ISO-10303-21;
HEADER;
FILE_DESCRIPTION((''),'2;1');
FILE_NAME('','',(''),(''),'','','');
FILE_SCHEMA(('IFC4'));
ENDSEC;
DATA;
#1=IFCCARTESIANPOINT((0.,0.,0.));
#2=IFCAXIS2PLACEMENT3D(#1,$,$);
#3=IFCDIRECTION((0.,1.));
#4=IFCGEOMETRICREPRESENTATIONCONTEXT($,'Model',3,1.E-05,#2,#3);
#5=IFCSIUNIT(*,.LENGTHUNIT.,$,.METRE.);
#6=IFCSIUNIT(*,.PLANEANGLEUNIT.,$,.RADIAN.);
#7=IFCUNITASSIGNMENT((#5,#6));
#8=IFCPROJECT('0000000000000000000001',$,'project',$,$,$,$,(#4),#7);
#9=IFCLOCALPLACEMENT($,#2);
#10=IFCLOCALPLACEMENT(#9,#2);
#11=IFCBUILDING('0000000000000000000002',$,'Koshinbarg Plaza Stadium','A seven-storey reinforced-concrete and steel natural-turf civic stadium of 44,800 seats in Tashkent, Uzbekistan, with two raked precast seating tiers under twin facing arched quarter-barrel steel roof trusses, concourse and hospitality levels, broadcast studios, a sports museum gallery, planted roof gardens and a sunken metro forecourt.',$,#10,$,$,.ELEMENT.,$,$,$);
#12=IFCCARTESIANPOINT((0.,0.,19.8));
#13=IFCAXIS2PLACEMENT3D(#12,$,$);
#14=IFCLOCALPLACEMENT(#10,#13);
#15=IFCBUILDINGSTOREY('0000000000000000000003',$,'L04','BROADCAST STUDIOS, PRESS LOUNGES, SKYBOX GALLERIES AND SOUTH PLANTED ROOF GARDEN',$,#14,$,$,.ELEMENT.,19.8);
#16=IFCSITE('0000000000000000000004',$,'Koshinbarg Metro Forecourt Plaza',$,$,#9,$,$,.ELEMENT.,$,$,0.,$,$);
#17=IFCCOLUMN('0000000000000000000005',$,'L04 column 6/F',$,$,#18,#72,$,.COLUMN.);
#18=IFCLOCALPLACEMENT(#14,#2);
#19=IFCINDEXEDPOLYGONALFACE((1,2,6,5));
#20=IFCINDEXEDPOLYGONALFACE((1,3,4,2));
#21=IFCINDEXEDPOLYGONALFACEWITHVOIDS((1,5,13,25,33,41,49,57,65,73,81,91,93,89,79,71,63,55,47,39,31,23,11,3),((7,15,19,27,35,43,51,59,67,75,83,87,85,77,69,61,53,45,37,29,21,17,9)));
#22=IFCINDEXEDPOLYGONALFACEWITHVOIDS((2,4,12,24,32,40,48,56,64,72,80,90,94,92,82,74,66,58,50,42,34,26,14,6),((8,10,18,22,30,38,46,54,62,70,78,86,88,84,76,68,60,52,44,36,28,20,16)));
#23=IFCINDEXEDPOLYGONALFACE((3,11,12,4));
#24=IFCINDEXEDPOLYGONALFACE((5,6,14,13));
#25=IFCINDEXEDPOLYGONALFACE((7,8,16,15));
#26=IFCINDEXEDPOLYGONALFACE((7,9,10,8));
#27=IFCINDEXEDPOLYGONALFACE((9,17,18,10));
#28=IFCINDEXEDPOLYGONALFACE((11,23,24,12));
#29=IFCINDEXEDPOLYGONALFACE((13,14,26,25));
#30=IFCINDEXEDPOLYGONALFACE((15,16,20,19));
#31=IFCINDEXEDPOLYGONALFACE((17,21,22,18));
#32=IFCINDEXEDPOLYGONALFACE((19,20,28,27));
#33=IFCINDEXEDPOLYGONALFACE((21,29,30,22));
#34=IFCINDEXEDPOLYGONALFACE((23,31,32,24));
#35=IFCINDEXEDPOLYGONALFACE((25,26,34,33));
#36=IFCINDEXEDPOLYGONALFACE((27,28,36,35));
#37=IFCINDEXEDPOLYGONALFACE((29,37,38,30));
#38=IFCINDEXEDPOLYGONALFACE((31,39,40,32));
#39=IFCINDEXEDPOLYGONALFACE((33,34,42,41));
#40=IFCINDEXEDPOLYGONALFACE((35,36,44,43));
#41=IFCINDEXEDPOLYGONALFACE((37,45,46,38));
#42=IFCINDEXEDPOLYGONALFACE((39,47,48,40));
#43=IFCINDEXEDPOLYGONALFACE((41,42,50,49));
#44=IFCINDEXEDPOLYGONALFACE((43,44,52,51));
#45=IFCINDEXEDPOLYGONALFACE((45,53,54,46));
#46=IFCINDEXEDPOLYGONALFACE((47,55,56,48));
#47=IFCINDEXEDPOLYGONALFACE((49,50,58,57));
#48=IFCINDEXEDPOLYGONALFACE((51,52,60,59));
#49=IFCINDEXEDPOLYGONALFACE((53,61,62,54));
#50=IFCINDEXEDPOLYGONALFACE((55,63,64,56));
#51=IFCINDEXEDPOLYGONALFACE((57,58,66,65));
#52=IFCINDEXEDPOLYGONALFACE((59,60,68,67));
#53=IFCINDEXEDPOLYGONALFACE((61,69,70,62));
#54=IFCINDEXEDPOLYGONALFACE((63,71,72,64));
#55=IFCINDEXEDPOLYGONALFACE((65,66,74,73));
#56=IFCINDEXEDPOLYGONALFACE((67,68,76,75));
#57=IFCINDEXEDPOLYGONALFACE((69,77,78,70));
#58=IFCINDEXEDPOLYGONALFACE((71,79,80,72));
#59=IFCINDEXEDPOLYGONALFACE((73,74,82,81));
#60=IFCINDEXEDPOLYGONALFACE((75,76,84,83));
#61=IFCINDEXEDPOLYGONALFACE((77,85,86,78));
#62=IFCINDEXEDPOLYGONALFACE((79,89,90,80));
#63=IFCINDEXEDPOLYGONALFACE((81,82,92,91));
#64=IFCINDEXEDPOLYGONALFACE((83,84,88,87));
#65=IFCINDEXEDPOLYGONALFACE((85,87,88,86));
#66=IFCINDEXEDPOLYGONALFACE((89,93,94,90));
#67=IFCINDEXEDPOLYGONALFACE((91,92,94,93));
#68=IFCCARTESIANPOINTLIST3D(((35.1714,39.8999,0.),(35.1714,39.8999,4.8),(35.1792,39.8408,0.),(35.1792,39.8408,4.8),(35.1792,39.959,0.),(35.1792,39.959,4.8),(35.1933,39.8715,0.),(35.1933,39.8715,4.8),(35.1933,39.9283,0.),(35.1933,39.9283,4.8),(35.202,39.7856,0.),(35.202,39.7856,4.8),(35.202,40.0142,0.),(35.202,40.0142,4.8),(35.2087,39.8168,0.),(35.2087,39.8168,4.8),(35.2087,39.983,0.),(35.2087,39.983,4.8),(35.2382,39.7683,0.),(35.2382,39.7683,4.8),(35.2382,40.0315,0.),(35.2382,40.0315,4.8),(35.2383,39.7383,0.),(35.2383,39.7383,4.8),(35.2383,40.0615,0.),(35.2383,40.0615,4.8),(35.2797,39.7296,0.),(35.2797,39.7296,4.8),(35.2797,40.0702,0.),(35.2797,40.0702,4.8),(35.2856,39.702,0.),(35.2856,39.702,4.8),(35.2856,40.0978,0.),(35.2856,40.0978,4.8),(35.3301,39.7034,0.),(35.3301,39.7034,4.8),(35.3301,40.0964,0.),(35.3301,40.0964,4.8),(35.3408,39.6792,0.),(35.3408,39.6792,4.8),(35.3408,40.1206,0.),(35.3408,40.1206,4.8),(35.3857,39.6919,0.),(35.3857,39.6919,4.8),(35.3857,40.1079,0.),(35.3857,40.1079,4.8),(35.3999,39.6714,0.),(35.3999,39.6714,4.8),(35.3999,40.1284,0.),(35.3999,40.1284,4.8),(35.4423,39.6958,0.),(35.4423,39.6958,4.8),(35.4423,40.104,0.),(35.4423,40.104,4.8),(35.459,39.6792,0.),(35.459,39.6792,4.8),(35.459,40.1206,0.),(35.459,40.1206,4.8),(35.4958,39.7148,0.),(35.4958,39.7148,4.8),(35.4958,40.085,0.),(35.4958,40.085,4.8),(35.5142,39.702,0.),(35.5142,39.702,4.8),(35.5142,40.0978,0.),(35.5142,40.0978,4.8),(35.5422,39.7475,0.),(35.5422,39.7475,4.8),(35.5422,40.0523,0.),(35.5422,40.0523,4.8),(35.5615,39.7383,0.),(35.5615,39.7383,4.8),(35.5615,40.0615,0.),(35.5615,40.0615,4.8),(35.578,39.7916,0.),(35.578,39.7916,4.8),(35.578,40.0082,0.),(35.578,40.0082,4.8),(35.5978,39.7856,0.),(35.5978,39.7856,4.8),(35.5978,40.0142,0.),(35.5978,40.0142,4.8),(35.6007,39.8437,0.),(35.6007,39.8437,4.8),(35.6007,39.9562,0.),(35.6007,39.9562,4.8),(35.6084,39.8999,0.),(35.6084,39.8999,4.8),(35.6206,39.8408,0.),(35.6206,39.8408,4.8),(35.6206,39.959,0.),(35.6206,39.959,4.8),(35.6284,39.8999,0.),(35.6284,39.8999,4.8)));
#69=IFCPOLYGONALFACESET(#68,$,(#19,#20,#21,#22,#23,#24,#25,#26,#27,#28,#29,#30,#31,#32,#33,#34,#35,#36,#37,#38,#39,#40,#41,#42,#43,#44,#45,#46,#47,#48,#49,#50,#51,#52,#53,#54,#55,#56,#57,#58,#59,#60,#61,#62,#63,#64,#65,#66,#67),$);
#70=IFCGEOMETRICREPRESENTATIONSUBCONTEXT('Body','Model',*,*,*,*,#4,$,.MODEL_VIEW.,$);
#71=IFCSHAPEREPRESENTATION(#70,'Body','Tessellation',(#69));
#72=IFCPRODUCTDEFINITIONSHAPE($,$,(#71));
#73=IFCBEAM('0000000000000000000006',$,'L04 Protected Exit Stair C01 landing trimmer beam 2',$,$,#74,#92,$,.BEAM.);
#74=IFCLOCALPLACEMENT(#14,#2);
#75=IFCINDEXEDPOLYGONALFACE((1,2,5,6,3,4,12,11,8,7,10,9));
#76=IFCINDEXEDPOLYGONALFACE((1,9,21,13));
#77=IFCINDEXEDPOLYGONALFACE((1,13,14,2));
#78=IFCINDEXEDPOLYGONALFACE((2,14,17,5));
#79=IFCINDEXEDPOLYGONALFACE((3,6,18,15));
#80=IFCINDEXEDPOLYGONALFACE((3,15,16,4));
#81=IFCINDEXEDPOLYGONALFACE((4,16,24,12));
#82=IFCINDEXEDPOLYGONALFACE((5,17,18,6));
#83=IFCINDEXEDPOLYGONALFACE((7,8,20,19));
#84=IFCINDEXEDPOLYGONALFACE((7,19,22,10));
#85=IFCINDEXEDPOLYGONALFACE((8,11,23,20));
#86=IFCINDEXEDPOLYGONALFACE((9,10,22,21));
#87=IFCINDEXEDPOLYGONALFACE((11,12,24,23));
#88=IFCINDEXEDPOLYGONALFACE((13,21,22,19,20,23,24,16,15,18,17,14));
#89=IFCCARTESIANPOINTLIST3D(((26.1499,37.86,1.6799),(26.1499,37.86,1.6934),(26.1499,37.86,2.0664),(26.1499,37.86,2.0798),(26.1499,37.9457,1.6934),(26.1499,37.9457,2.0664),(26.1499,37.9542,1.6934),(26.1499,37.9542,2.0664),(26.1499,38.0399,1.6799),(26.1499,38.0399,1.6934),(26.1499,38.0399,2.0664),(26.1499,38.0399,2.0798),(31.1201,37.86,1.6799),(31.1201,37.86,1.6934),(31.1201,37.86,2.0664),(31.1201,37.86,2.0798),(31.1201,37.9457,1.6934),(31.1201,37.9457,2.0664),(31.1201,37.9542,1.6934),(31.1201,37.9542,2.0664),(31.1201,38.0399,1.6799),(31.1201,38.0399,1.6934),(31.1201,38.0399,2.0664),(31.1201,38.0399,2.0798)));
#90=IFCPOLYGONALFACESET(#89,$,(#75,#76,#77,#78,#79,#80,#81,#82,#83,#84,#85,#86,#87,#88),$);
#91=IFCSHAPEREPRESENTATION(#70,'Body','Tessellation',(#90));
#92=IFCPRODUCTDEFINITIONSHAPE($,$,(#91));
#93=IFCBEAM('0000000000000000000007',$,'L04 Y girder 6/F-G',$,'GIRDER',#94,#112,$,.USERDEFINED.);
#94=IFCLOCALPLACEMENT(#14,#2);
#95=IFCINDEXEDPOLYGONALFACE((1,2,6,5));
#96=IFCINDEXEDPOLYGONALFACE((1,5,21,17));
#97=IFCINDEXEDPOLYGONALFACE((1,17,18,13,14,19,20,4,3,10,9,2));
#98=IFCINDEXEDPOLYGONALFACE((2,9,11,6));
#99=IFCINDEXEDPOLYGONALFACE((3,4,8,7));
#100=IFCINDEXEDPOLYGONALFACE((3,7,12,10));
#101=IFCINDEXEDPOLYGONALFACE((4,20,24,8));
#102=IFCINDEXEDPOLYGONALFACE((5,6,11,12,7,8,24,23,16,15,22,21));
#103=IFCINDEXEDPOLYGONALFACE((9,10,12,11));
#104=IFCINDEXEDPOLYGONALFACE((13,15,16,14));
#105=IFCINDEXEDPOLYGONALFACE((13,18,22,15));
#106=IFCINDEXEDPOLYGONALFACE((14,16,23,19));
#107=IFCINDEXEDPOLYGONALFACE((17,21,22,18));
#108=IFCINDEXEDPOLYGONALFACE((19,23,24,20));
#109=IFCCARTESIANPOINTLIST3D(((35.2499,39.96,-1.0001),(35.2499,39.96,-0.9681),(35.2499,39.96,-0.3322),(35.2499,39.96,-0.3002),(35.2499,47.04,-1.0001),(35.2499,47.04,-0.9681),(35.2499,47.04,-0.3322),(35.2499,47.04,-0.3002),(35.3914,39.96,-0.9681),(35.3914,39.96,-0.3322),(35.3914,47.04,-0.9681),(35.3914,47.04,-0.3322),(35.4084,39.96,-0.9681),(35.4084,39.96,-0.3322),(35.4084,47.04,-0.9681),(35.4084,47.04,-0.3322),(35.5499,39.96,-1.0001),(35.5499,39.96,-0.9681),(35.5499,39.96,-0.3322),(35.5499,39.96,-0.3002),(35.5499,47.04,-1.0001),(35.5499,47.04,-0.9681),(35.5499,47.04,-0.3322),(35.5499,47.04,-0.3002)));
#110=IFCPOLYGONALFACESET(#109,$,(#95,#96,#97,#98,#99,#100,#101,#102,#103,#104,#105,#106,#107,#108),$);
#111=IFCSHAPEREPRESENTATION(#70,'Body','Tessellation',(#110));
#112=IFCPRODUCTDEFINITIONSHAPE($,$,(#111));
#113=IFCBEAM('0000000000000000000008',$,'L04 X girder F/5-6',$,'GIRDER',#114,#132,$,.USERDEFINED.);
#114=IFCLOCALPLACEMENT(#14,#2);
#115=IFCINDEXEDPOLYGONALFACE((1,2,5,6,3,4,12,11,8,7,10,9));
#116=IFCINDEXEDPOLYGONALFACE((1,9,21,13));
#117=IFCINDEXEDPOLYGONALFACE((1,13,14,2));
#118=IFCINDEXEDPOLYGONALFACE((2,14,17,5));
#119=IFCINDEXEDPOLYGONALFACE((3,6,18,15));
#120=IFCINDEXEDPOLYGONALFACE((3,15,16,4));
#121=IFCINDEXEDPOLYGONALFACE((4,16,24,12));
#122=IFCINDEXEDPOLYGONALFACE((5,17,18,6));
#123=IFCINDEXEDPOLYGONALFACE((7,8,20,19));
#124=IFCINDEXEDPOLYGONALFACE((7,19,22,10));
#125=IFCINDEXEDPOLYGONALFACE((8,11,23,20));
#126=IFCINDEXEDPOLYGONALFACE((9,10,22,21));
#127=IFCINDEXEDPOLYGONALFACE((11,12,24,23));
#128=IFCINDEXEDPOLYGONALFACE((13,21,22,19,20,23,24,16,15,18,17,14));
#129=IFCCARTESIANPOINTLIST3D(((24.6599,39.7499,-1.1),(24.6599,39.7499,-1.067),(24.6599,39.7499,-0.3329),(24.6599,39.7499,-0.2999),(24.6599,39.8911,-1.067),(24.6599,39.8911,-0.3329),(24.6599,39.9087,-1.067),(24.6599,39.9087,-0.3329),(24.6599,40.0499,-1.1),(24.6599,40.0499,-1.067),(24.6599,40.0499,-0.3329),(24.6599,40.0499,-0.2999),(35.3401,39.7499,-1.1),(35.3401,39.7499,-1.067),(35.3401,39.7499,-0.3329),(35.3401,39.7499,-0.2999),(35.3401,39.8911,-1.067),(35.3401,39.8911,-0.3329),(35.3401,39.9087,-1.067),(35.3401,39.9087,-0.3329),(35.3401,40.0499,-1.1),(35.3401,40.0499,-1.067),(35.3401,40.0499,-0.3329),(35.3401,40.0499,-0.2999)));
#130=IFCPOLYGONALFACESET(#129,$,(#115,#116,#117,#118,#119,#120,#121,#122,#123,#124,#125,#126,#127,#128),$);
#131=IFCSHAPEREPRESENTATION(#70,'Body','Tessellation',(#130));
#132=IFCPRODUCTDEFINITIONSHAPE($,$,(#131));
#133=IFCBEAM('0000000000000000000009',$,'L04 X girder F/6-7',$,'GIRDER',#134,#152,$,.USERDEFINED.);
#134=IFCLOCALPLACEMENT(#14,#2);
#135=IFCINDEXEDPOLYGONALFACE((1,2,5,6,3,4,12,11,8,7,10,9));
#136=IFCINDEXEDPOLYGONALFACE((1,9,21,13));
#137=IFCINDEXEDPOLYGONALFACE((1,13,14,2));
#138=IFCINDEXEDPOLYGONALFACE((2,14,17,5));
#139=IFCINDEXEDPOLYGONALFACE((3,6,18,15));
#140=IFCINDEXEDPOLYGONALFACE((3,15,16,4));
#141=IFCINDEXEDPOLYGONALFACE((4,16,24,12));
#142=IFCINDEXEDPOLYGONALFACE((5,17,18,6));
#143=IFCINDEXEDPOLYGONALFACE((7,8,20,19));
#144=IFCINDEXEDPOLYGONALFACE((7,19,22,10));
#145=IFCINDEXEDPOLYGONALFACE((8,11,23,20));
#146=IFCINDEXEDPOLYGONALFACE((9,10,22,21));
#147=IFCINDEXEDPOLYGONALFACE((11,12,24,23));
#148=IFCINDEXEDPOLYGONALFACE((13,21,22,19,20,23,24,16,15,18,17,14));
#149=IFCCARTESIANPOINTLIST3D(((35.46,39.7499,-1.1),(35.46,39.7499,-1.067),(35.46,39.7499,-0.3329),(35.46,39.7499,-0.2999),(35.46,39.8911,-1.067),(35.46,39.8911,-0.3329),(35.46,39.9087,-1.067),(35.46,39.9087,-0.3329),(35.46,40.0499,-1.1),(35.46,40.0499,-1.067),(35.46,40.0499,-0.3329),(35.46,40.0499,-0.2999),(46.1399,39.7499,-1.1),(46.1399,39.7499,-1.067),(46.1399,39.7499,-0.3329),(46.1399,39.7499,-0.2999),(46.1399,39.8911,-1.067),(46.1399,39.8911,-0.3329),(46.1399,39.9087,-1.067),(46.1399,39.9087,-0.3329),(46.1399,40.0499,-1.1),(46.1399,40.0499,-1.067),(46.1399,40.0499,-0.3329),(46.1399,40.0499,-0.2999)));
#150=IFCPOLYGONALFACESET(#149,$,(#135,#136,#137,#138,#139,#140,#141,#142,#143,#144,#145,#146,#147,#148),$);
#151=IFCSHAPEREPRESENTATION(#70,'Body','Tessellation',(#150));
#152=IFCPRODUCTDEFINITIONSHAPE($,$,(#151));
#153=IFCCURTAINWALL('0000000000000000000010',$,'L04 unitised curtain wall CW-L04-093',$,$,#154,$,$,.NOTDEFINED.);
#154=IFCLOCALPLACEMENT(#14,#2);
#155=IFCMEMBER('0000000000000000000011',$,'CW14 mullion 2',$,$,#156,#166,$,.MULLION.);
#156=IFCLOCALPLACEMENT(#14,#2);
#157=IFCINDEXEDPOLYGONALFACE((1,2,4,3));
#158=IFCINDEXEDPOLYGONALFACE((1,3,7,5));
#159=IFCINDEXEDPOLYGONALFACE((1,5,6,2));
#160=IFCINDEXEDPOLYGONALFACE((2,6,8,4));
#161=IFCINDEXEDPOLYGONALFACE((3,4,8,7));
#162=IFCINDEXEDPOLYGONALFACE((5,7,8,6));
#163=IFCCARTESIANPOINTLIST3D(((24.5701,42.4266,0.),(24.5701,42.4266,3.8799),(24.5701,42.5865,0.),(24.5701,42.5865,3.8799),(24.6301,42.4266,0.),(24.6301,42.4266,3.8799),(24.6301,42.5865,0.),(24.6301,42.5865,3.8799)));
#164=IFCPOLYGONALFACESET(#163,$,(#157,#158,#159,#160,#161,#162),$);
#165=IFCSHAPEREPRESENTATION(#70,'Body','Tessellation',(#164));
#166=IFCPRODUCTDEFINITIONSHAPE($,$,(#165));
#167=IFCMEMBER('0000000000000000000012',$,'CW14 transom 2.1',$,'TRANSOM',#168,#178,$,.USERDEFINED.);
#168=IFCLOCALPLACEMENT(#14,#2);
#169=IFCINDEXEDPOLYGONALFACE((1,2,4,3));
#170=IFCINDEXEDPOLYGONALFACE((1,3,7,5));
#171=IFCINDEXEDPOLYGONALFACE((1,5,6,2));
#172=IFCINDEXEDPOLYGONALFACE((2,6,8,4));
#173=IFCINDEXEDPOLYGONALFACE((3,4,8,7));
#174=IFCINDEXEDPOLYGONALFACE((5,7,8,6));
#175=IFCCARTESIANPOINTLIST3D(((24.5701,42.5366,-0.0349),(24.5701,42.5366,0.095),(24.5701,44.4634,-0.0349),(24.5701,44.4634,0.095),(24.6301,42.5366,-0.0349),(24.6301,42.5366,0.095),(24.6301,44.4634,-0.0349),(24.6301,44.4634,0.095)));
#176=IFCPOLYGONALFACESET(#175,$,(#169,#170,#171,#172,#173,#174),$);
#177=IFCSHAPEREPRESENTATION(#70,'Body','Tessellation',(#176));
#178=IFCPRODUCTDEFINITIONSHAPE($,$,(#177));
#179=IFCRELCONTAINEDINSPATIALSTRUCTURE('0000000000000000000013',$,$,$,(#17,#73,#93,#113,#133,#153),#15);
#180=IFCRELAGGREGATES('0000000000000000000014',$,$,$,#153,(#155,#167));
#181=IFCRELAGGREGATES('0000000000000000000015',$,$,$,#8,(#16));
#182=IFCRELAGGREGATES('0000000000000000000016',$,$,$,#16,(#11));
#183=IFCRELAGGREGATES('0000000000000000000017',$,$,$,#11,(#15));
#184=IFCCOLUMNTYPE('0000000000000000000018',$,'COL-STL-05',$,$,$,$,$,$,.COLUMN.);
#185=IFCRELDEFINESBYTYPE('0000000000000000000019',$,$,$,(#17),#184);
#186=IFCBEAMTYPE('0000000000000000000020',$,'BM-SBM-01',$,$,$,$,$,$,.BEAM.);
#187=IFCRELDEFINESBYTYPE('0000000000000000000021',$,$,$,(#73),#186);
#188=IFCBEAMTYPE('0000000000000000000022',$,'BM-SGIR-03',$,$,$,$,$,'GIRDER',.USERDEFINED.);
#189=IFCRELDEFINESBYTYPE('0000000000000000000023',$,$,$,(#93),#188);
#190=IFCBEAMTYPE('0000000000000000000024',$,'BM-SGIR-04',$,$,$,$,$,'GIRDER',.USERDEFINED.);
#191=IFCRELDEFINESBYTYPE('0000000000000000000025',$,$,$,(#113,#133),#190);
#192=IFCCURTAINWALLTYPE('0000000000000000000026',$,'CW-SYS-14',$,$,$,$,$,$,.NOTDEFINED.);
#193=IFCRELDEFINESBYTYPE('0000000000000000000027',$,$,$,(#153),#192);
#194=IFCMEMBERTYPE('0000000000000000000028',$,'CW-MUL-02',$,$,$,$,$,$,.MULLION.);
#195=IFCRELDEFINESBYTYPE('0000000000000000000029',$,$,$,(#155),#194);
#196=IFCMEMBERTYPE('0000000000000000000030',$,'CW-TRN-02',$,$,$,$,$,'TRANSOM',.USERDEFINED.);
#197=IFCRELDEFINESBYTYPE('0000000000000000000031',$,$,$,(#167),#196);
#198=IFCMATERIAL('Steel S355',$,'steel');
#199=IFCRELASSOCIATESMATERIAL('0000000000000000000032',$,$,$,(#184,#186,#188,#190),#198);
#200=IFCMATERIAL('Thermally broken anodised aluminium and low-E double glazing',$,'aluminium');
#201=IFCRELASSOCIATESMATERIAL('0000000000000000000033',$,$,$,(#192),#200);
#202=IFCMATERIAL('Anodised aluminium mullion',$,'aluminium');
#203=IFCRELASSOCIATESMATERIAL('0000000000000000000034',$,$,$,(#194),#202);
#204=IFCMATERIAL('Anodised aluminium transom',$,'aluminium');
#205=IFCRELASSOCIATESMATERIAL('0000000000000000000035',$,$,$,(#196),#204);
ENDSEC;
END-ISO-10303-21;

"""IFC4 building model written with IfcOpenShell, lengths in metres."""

from ifc_helpers import new_model, si_unit, direction, frame, origin, origin_2d, place, context, subcontext, project, spatial, rectangle, hollow_circle, i_section, extrude, material, material_profile, profile_set, type_object, element, aggregate, save


model = new_model("IFC4")

# Units and contexts
model_context = context("Model", 3, precision=1e-05, world=origin(), true_north=direction((0.0, 1.0)))
body_context = subcontext(model_context, "Body", "Model", "MODEL_VIEW")
ifc_project = project(units=[si_unit("LENGTHUNIT", "METRE"), si_unit("PLANEANGLEUNIT", "RADIAN")], contexts=[model_context])

# Site, building, storey
site_placement = place(None, origin())
site = spatial("IfcSite", under=ifc_project, at=site_placement, Name="Koshinbarg Metro Forecourt Plaza", CompositionType="ELEMENT", RefElevation=0.0)
building_placement = place(site_placement, origin())
building = spatial("IfcBuilding", under=site, at=building_placement, Name="Koshinbarg Plaza Stadium", Description="A seven-storey reinforced-concrete and steel natural-turf civic stadium of 44,800 seats in Tashkent, Uzbekistan, with two raked precast seating tiers under twin facing arched quarter-barrel steel roof trusses, concourse and hospitality levels, broadcast studios, a sports museum gallery, planted roof gardens and a sunken metro forecourt.", CompositionType="ELEMENT")
storey_placement = place(building_placement, frame((0.0, 0.0, 19.8)))
storey = spatial("IfcBuildingStorey", under=building, at=storey_placement, Name="L04", Description="BROADCAST STUDIOS, PRESS LOUNGES, SKYBOX GALLERIES AND SOUTH PLANTED ROOF GARDEN", CompositionType="ELEMENT", Elevation=19.8)

# Column
ifc_material_1 = material(Name="Steel S355", Category="steel")
ifc_material_profile_1 = material_profile(ifc_material_1, hollow_circle(Radius=0.2285, WallThickness=0.02, at=origin_2d()), Name="CHS 457x20")
ifc_profile_set_1 = profile_set([ifc_material_profile_1], Name="Steel S355")
column_type = type_object("IfcColumnType", Name="COL-STL-05", PredefinedType="COLUMN", material=ifc_profile_set_1)
column_placement = place(storey_placement, frame((35.3999, 39.8999, 0.0), z_axis=(0.0, 0.0, 1.0), x_axis=(1.0, 0.0, 0.0)))
element("IfcColumn", 1, at=column_placement, inside=storey, type_object=column_type, Name="L04 column 6/F", PredefinedType="COLUMN", context=body_context, shape_type="SweptSolid", body=[
    extrude(hollow_circle(Radius=0.2285, WallThickness=0.02, at=origin_2d()), origin(), (0.0, 0.0, 1.0), 4.8),
])

# Beams
ifc_material_profile_2 = material_profile(ifc_material_1, i_section(OverallWidth=0.1799, OverallDepth=0.3999, WebThickness=0.0085, FlangeThickness=0.0134, at=origin_2d()), Name="IPE 400")
ifc_profile_set_2 = profile_set([ifc_material_profile_2], Name="Steel S355")
beam_type_1 = type_object("IfcBeamType", Name="BM-SBM-01", PredefinedType="BEAM", material=ifc_profile_set_2)
beam_1_placement = place(storey_placement, frame((26.1499, 37.95, 1.8799), z_axis=(1.0, 0.0, 0.0), x_axis=(0.0, 1.0, 0.0)))
element("IfcBeam", 2, at=beam_1_placement, inside=storey, type_object=beam_type_1, Name="L04 Protected Exit Stair C01 landing trimmer beam 2", PredefinedType="BEAM", context=body_context, shape_type="SweptSolid", body=[
    extrude(i_section(OverallWidth=0.1799, OverallDepth=0.3999, WebThickness=0.0085, FlangeThickness=0.0134, at=origin_2d()), origin(), (0.0, 0.0, 1.0), 4.9702),
])
ifc_material_profile_3 = material_profile(ifc_material_1, i_section(OverallWidth=0.3, OverallDepth=0.7, WebThickness=0.0171, FlangeThickness=0.032, at=origin_2d()), Name="HEB 700")
ifc_profile_set_3 = profile_set([ifc_material_profile_3], Name="Steel S355")
beam_type_2 = type_object("IfcBeamType", Name="BM-SGIR-03", ElementType="GIRDER", PredefinedType="USERDEFINED", material=ifc_profile_set_3)
beam_2_placement = place(storey_placement, frame((35.3999, 39.96, -0.6501), z_axis=(0.0, 1.0, 0.0), x_axis=(-1.0, 0.0, 0.0)))
element("IfcBeam", 3, at=beam_2_placement, inside=storey, type_object=beam_type_2, Name="L04 Y girder 6/F-G", ObjectType="GIRDER", PredefinedType="USERDEFINED", context=body_context, shape_type="SweptSolid", body=[
    extrude(i_section(OverallWidth=0.3, OverallDepth=0.7, WebThickness=0.0171, FlangeThickness=0.032, at=origin_2d()), origin(), (0.0, 0.0, 1.0), 7.0801),
])
ifc_material_profile_4 = material_profile(ifc_material_1, i_section(OverallWidth=0.3, OverallDepth=0.8, WebThickness=0.0176, FlangeThickness=0.033, at=origin_2d()), Name="HEB 800")
ifc_profile_set_4 = profile_set([ifc_material_profile_4], Name="Steel S355")
beam_type_3 = type_object("IfcBeamType", Name="BM-SGIR-04", ElementType="GIRDER", PredefinedType="USERDEFINED", material=ifc_profile_set_4)
beam_3_placement = place(storey_placement, frame((24.6599, 39.8999, -0.7), z_axis=(1.0, 0.0, 0.0), x_axis=(0.0, 1.0, 0.0)))
element("IfcBeam", 4, at=beam_3_placement, inside=storey, type_object=beam_type_3, Name="L04 X girder F/5-6", ObjectType="GIRDER", PredefinedType="USERDEFINED", context=body_context, shape_type="SweptSolid", body=[
    extrude(i_section(OverallWidth=0.3, OverallDepth=0.8, WebThickness=0.0176, FlangeThickness=0.033, at=origin_2d()), origin(), (0.0, 0.0, 1.0), 10.6802),
])
beam_4_placement = place(storey_placement, frame((35.46, 39.8999, -0.7), z_axis=(1.0, 0.0, 0.0), x_axis=(0.0, 1.0, 0.0)))
element("IfcBeam", 5, at=beam_4_placement, inside=storey, type_object=beam_type_3, Name="L04 X girder F/6-7", ObjectType="GIRDER", PredefinedType="USERDEFINED", context=body_context, shape_type="SweptSolid", body=[
    extrude(i_section(OverallWidth=0.3, OverallDepth=0.8, WebThickness=0.0176, FlangeThickness=0.033, at=origin_2d()), origin(), (0.0, 0.0, 1.0), 10.6799),
])

# Curtain wall, members
ifc_material_2 = material(Name="Thermally broken anodised aluminium and low-E double glazing", Category="aluminium")
curtain_wall_type = type_object("IfcCurtainWallType", Name="CW-SYS-14", PredefinedType="NOTDEFINED", material=ifc_material_2)
curtain_wall_placement = place(storey_placement, origin())
curtain_wall = element("IfcCurtainWall", 6, at=curtain_wall_placement, inside=storey, type_object=curtain_wall_type, Name="L04 unitised curtain wall CW-L04-093", PredefinedType="NOTDEFINED")
ifc_material_3 = material(Name="Anodised aluminium mullion", Category="aluminium")
ifc_material_profile_5 = material_profile(ifc_material_3, rectangle(XDim=0.0601, YDim=0.1599, at=origin_2d()), Name="ALU 60x160")
ifc_profile_set_5 = profile_set([ifc_material_profile_5], Name="Anodised aluminium mullion")
member_type_1 = type_object("IfcMemberType", Name="CW-MUL-02", PredefinedType="MULLION", material=ifc_profile_set_5)
member_1_placement = place(storey_placement, frame((24.6001, 42.5066, 0.0), z_axis=(0.0, 0.0, 1.0), x_axis=(-1.0, 0.0, 0.0)))
member_1 = element("IfcMember", 7, at=member_1_placement, type_object=member_type_1, Name="CW14 mullion 2", PredefinedType="MULLION", context=body_context, shape_type="SweptSolid", body=[
    extrude(rectangle(XDim=0.0601, YDim=0.1599, at=origin_2d()), origin(), (0.0, 0.0, 1.0), 3.8799),
])
ifc_material_4 = material(Name="Anodised aluminium transom", Category="aluminium")
ifc_material_profile_6 = material_profile(ifc_material_4, rectangle(XDim=0.0601, YDim=0.1299, at=origin_2d()), Name="ALU 60x130")
ifc_profile_set_6 = profile_set([ifc_material_profile_6], Name="Anodised aluminium transom")
member_type_2 = type_object("IfcMemberType", Name="CW-TRN-02", ElementType="TRANSOM", PredefinedType="USERDEFINED", material=ifc_profile_set_6)
member_2_placement = place(storey_placement, frame((24.6001, 42.5366, 0.03), z_axis=(0.0, 1.0, 0.0), x_axis=(-1.0, 0.0, 0.0)))
member_2 = element("IfcMember", 8, at=member_2_placement, type_object=member_type_2, Name="CW14 transom 2.1", ObjectType="TRANSOM", PredefinedType="USERDEFINED", context=body_context, shape_type="SweptSolid", body=[
    extrude(rectangle(XDim=0.0601, YDim=0.1299, at=origin_2d()), origin(), (0.0, 0.0, 1.0), 1.9268),
])
aggregate(curtain_wall, [member_1, member_2])

save(model, "model.ifc")
